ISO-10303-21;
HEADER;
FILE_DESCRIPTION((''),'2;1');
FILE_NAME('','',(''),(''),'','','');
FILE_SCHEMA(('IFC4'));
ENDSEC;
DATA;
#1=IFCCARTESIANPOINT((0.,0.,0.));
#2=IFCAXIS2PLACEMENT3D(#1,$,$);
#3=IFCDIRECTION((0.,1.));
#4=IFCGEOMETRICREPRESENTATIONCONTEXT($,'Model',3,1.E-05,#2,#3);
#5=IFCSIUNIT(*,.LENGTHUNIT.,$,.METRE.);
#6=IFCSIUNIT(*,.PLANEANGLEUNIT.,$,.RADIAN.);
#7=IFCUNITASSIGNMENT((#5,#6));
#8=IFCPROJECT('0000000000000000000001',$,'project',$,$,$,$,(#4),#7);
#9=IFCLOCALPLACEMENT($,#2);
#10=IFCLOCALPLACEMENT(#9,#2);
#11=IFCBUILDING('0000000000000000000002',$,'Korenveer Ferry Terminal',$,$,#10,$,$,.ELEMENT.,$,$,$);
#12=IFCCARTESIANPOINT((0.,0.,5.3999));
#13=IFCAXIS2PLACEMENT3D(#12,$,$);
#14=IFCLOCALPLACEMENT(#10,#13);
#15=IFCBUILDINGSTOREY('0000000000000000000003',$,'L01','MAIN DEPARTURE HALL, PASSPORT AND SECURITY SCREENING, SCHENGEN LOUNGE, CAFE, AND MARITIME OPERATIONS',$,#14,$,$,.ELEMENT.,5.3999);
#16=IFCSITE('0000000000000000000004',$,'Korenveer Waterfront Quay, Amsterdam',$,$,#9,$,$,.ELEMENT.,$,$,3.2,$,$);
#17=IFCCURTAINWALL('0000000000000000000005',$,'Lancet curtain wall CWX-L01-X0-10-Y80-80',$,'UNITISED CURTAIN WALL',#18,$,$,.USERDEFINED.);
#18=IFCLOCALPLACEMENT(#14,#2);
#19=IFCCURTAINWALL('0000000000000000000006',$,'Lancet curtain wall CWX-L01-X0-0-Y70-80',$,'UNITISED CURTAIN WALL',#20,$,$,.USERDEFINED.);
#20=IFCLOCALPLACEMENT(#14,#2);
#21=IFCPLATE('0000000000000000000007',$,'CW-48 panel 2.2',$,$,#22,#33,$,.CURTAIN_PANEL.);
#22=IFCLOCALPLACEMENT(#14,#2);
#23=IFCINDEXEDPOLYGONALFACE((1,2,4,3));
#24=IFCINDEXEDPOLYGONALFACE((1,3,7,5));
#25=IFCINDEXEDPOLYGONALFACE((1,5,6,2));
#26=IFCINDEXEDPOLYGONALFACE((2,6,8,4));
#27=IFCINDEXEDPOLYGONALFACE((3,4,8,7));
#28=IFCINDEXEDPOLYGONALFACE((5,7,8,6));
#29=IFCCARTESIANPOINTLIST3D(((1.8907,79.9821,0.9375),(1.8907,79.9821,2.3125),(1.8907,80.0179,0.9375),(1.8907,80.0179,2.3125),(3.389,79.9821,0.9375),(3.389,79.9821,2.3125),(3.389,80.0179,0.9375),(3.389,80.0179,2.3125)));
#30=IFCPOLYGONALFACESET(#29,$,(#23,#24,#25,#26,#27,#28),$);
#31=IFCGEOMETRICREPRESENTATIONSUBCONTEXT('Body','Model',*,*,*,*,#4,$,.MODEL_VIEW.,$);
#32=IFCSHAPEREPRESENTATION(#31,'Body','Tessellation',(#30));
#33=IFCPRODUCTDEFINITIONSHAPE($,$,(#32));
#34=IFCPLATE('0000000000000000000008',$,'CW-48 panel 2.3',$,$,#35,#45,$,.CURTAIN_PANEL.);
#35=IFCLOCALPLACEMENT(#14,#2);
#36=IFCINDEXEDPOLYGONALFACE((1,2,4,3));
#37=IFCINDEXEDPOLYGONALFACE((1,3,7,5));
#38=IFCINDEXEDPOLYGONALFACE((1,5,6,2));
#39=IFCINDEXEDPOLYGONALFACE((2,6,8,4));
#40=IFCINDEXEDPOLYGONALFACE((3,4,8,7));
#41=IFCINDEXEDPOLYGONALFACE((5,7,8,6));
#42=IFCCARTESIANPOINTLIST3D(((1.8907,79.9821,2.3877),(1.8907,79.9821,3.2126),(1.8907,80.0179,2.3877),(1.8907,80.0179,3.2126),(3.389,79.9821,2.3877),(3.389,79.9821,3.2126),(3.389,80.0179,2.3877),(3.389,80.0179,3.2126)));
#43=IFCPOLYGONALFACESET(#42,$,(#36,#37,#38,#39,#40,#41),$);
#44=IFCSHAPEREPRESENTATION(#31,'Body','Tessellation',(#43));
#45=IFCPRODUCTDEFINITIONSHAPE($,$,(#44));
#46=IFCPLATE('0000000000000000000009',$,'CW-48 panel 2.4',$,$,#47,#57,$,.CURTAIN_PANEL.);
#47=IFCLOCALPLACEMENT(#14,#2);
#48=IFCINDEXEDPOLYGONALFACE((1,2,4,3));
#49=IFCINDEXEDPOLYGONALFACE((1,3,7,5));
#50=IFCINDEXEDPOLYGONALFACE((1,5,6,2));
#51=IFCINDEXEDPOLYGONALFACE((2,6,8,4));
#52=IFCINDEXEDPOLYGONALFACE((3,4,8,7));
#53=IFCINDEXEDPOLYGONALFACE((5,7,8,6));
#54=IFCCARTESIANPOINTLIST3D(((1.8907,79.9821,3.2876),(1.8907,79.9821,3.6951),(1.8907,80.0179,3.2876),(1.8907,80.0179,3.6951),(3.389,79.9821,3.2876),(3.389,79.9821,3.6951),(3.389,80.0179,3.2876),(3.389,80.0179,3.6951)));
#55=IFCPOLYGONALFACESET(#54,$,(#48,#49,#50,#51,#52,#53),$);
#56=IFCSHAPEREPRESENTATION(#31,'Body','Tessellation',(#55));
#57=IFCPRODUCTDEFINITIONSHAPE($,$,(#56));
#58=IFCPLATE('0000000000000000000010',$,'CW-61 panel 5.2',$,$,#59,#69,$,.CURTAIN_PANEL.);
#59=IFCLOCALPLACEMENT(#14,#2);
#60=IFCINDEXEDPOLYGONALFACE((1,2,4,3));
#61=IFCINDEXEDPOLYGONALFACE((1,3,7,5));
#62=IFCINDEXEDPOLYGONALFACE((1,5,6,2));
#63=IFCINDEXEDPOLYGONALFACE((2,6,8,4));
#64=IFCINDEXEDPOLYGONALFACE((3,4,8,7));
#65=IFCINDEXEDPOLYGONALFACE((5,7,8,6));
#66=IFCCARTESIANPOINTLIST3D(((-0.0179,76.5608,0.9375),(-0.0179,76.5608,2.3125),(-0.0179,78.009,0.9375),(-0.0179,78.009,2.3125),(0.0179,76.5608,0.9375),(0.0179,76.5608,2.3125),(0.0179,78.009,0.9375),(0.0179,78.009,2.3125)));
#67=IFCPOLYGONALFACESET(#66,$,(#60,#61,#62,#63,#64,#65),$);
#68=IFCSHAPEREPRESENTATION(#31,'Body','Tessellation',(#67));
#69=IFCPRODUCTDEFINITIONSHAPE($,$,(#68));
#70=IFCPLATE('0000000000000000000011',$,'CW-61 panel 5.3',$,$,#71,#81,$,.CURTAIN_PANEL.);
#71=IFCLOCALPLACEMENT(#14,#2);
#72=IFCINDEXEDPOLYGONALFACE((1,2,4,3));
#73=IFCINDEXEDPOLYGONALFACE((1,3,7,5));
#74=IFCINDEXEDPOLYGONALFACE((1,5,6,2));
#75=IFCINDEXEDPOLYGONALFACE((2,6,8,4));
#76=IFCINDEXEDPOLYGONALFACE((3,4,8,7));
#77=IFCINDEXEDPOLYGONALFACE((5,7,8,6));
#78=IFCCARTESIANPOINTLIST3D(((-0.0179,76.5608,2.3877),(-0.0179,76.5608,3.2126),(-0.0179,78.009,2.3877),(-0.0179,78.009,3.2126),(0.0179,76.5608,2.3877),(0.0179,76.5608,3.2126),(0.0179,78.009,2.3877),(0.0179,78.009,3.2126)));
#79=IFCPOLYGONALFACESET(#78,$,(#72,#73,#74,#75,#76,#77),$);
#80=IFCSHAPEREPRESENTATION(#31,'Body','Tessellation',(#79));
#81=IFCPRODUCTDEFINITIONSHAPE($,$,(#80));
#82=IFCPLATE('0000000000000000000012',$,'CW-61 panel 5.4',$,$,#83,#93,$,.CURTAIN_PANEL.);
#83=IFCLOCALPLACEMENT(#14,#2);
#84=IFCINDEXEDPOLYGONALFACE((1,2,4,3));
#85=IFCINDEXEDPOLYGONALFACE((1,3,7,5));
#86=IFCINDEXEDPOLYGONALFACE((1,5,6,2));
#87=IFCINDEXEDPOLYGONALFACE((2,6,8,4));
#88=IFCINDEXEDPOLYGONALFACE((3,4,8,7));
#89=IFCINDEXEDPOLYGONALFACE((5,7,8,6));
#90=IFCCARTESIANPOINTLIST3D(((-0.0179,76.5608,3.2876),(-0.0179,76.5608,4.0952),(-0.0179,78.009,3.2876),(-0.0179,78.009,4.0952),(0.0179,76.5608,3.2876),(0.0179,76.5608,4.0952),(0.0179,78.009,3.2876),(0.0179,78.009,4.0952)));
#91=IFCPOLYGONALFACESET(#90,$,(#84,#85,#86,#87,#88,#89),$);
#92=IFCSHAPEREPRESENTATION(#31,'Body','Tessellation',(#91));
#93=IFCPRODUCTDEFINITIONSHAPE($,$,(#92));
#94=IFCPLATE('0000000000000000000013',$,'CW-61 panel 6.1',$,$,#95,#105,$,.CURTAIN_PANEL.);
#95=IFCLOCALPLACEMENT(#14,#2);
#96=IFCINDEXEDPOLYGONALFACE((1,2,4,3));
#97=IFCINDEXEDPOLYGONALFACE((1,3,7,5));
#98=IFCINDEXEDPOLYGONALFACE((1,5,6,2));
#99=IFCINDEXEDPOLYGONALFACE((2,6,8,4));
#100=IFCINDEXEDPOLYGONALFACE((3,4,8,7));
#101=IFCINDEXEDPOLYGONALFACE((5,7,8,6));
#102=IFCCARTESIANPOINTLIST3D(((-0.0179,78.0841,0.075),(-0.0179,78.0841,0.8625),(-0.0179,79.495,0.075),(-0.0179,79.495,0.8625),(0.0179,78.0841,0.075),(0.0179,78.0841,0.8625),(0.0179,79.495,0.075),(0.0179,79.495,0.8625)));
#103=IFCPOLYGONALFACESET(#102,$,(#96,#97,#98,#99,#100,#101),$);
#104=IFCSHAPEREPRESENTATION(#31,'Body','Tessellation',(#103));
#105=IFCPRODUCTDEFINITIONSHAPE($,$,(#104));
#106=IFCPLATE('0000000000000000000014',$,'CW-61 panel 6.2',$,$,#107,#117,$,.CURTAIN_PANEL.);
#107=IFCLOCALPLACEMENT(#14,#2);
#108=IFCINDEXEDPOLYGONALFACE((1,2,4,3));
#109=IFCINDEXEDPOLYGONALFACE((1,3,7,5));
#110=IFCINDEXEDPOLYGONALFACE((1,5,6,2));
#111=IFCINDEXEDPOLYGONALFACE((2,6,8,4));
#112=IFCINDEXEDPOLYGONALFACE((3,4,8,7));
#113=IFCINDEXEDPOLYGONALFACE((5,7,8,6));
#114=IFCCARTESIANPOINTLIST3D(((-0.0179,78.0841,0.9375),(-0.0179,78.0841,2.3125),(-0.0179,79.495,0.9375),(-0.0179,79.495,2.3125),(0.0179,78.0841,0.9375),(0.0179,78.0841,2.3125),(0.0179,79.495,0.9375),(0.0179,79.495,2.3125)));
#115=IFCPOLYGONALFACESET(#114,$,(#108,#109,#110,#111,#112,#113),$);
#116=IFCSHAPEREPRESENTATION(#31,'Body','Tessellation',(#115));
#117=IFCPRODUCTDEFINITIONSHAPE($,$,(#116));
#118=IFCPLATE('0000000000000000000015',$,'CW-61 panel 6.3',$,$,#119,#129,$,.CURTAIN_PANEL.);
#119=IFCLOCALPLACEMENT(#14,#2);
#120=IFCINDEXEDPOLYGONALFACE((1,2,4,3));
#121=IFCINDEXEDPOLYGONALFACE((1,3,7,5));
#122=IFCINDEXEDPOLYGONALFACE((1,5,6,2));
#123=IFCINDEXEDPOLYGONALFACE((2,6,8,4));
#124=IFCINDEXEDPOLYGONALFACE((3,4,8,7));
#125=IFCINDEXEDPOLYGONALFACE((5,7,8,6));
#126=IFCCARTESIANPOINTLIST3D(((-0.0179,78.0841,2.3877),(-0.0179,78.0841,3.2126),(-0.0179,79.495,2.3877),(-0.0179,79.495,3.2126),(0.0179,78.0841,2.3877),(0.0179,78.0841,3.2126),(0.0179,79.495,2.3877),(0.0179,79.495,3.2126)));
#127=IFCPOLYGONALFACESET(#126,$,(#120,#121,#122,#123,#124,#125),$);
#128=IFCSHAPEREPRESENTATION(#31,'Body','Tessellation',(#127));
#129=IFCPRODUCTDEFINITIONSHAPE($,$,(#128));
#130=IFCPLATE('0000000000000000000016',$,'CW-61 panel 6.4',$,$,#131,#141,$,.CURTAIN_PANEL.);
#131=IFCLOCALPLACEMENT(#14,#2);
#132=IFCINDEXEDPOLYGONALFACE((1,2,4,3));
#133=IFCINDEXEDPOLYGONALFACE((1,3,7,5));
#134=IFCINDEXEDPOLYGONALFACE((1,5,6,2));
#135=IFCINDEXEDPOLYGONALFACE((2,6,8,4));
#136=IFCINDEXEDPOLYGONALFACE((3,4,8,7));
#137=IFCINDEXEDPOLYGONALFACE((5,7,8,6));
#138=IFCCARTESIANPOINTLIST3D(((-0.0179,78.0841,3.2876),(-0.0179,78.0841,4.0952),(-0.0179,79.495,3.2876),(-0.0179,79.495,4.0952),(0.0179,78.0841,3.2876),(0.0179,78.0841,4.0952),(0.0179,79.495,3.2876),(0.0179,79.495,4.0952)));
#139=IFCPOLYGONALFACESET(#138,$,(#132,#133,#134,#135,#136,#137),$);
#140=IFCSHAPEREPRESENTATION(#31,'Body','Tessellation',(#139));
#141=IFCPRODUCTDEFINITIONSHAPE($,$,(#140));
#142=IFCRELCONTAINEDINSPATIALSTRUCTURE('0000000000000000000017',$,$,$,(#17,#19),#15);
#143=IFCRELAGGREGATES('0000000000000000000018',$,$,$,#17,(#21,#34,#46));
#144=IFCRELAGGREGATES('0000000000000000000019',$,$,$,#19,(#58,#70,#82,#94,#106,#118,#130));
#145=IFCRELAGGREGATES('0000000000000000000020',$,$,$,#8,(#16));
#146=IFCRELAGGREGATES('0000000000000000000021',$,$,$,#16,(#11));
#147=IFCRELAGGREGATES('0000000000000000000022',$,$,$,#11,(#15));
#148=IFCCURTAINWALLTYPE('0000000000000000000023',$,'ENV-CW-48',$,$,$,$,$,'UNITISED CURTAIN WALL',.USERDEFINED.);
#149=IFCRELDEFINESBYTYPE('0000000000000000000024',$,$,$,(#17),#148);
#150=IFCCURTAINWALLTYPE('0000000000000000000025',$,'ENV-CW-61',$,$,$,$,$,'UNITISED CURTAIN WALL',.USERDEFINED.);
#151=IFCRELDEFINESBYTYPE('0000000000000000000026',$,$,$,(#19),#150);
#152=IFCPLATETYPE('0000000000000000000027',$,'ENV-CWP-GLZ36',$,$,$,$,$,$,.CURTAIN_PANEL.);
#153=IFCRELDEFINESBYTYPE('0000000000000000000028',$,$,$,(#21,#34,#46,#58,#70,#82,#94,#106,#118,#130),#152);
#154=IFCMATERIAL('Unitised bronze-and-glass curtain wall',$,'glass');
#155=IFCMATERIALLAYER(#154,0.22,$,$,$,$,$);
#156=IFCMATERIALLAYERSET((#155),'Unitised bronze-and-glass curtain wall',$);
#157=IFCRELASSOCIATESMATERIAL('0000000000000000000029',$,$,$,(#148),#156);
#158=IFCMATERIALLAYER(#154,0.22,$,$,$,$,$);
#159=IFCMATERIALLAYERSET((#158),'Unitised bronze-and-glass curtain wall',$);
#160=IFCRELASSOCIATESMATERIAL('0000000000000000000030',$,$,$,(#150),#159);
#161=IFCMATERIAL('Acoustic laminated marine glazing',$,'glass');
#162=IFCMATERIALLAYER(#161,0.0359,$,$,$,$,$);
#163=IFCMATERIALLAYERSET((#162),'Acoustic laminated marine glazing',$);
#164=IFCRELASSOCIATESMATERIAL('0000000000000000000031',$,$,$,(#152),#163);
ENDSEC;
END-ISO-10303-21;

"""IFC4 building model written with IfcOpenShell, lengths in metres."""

from ifc_helpers import new_model, si_unit, direction, frame, origin, origin_2d, place, context, subcontext, project, spatial, rectangle, extrude, material, layer, layer_set, type_object, element, aggregate, save


model = new_model("IFC4")

# Units and contexts
model_context = context("Model", 3, precision=1e-05, world=origin(), true_north=direction((0.0, 1.0)))
body_context = subcontext(model_context, "Body", "Model", "MODEL_VIEW")
ifc_project = project(units=[si_unit("LENGTHUNIT", "METRE"), si_unit("PLANEANGLEUNIT", "RADIAN")], contexts=[model_context])

# Site, building, storey
site_placement = place(None, origin())
site = spatial("IfcSite", under=ifc_project, at=site_placement, Name="Korenveer Waterfront Quay, Amsterdam", CompositionType="ELEMENT", RefElevation=3.2)
building_placement = place(site_placement, origin())
building = spatial("IfcBuilding", under=site, at=building_placement, Name="Korenveer Ferry Terminal", CompositionType="ELEMENT")
storey_placement = place(building_placement, frame((0.0, 0.0, 5.3999)))
storey = spatial("IfcBuildingStorey", under=building, at=storey_placement, Name="L01", Description="MAIN DEPARTURE HALL, PASSPORT AND SECURITY SCREENING, SCHENGEN LOUNGE, CAFE, AND MARITIME OPERATIONS", CompositionType="ELEMENT", Elevation=5.3999)

# Curtain walls
ifc_material_1 = material(Name="Unitised bronze-and-glass curtain wall", Category="glass")
ifc_layer_1 = layer(ifc_material_1, 0.22)
ifc_layer_set_1 = layer_set([ifc_layer_1], Name="Unitised bronze-and-glass curtain wall")
curtain_wall_type_1 = type_object("IfcCurtainWallType", Name="ENV-CW-48", ElementType="UNITISED CURTAIN WALL", PredefinedType="USERDEFINED", material=ifc_layer_set_1)
curtain_wall_1_placement = place(storey_placement, frame((0.28, 80.0, 0.0)))
curtain_wall_1 = element("IfcCurtainWall", 1, at=curtain_wall_1_placement, inside=storey, type_object=curtain_wall_type_1, Name="Lancet curtain wall CWX-L01-X0-10-Y80-80", ObjectType="UNITISED CURTAIN WALL", PredefinedType="USERDEFINED")
ifc_layer_2 = layer(ifc_material_1, 0.22)
ifc_layer_set_2 = layer_set([ifc_layer_2], Name="Unitised bronze-and-glass curtain wall")
curtain_wall_type_2 = type_object("IfcCurtainWallType", Name="ENV-CW-61", ElementType="UNITISED CURTAIN WALL", PredefinedType="USERDEFINED", material=ifc_layer_set_2)
curtain_wall_2_placement = place(storey_placement, frame((0.0, 70.4299, 0.0)))
curtain_wall_2 = element("IfcCurtainWall", 2, at=curtain_wall_2_placement, inside=storey, type_object=curtain_wall_type_2, Name="Lancet curtain wall CWX-L01-X0-0-Y70-80", ObjectType="UNITISED CURTAIN WALL", PredefinedType="USERDEFINED")

# Plates
ifc_material_2 = material(Name="Acoustic laminated marine glazing", Category="glass")
ifc_layer_3 = layer(ifc_material_2, 0.0359)
ifc_layer_set_3 = layer_set([ifc_layer_3], Name="Acoustic laminated marine glazing")
plate_type = type_object("IfcPlateType", Name="ENV-CWP-GLZ36", PredefinedType="CURTAIN_PANEL", material=ifc_layer_set_3)
plate_1_placement = place(storey_placement, frame((2.6399, 80.0, 0.9375), z_axis=(0.0, 0.0, 1.0), x_axis=(1.0, 0.0, 0.0)))
plate_1 = element("IfcPlate", 3, at=plate_1_placement, type_object=plate_type, Name="CW-48 panel 2.2", PredefinedType="CURTAIN_PANEL", context=body_context, shape_type="SweptSolid", body=[
    extrude(rectangle(XDim=1.4983, YDim=0.0359, at=origin_2d()), origin(), (0.0, 0.0, 1.0), 1.375),
])
plate_2_placement = place(storey_placement, frame((2.6399, 80.0, 2.3877), z_axis=(0.0, 0.0, 1.0), x_axis=(1.0, 0.0, 0.0)))
plate_2 = element("IfcPlate", 4, at=plate_2_placement, type_object=plate_type, Name="CW-48 panel 2.3", PredefinedType="CURTAIN_PANEL", context=body_context, shape_type="SweptSolid", body=[
    extrude(rectangle(XDim=1.4983, YDim=0.0359, at=origin_2d()), origin(), (0.0, 0.0, 1.0), 0.825),
])
plate_3_placement = place(storey_placement, frame((2.6399, 80.0, 3.2876), z_axis=(0.0, 0.0, 1.0), x_axis=(1.0, 0.0, 0.0)))
plate_3 = element("IfcPlate", 5, at=plate_3_placement, type_object=plate_type, Name="CW-48 panel 2.4", PredefinedType="CURTAIN_PANEL", context=body_context, shape_type="SweptSolid", body=[
    extrude(rectangle(XDim=1.4983, YDim=0.0359, at=origin_2d()), origin(), (0.0, 0.0, 1.0), 0.4075),
])
aggregate(curtain_wall_1, [plate_1, plate_2, plate_3])
plate_4_placement = place(storey_placement, frame((0.0, 77.2849, 0.9375), z_axis=(0.0, 0.0, 1.0), x_axis=(0.0, 1.0, 0.0)))
plate_4 = element("IfcPlate", 6, at=plate_4_placement, type_object=plate_type, Name="CW-61 panel 5.2", PredefinedType="CURTAIN_PANEL", context=body_context, shape_type="SweptSolid", body=[
    extrude(rectangle(XDim=1.4482, YDim=0.0359, at=origin_2d()), origin(), (0.0, 0.0, 1.0), 1.375),
])
plate_5_placement = place(storey_placement, frame((0.0, 77.2849, 2.3877), z_axis=(0.0, 0.0, 1.0), x_axis=(0.0, 1.0, 0.0)))
plate_5 = element("IfcPlate", 7, at=plate_5_placement, type_object=plate_type, Name="CW-61 panel 5.3", PredefinedType="CURTAIN_PANEL", context=body_context, shape_type="SweptSolid", body=[
    extrude(rectangle(XDim=1.4482, YDim=0.0359, at=origin_2d()), origin(), (0.0, 0.0, 1.0), 0.825),
])
plate_6_placement = place(storey_placement, frame((0.0, 77.2849, 3.2876), z_axis=(0.0, 0.0, 1.0), x_axis=(0.0, 1.0, 0.0)))
plate_6 = element("IfcPlate", 8, at=plate_6_placement, type_object=plate_type, Name="CW-61 panel 5.4", PredefinedType="CURTAIN_PANEL", context=body_context, shape_type="SweptSolid", body=[
    extrude(rectangle(XDim=1.4482, YDim=0.0359, at=origin_2d()), origin(), (0.0, 0.0, 1.0), 0.8076),
])
plate_7_placement = place(storey_placement, frame((0.0, 78.7896, 0.075), z_axis=(0.0, 0.0, 1.0), x_axis=(0.0, 1.0, 0.0)))
plate_7 = element("IfcPlate", 9, at=plate_7_placement, type_object=plate_type, Name="CW-61 panel 6.1", PredefinedType="CURTAIN_PANEL", context=body_context, shape_type="SweptSolid", body=[
    extrude(rectangle(XDim=1.4109, YDim=0.0359, at=origin_2d()), origin(), (0.0, 0.0, 1.0), 0.7876),
])
plate_8_placement = place(storey_placement, frame((0.0, 78.7896, 0.9375), z_axis=(0.0, 0.0, 1.0), x_axis=(0.0, 1.0, 0.0)))
plate_8 = element("IfcPlate", 10, at=plate_8_placement, type_object=plate_type, Name="CW-61 panel 6.2", PredefinedType="CURTAIN_PANEL", context=body_context, shape_type="SweptSolid", body=[
    extrude(rectangle(XDim=1.4109, YDim=0.0359, at=origin_2d()), origin(), (0.0, 0.0, 1.0), 1.375),
])
plate_9_placement = place(storey_placement, frame((0.0, 78.7896, 2.3877), z_axis=(0.0, 0.0, 1.0), x_axis=(0.0, 1.0, 0.0)))
plate_9 = element("IfcPlate", 11, at=plate_9_placement, type_object=plate_type, Name="CW-61 panel 6.3", PredefinedType="CURTAIN_PANEL", context=body_context, shape_type="SweptSolid", body=[
    extrude(rectangle(XDim=1.4109, YDim=0.0359, at=origin_2d()), origin(), (0.0, 0.0, 1.0), 0.825),
])
plate_10_placement = place(storey_placement, frame((0.0, 78.7896, 3.2876), z_axis=(0.0, 0.0, 1.0), x_axis=(0.0, 1.0, 0.0)))
plate_10 = element("IfcPlate", 12, at=plate_10_placement, type_object=plate_type, Name="CW-61 panel 6.4", PredefinedType="CURTAIN_PANEL", context=body_context, shape_type="SweptSolid", body=[
    extrude(rectangle(XDim=1.4109, YDim=0.0359, at=origin_2d()), origin(), (0.0, 0.0, 1.0), 0.8076),
])
aggregate(curtain_wall_2, [plate_4, plate_5, plate_6, plate_7, plate_8, plate_9, plate_10])

save(model, "model.ifc")
